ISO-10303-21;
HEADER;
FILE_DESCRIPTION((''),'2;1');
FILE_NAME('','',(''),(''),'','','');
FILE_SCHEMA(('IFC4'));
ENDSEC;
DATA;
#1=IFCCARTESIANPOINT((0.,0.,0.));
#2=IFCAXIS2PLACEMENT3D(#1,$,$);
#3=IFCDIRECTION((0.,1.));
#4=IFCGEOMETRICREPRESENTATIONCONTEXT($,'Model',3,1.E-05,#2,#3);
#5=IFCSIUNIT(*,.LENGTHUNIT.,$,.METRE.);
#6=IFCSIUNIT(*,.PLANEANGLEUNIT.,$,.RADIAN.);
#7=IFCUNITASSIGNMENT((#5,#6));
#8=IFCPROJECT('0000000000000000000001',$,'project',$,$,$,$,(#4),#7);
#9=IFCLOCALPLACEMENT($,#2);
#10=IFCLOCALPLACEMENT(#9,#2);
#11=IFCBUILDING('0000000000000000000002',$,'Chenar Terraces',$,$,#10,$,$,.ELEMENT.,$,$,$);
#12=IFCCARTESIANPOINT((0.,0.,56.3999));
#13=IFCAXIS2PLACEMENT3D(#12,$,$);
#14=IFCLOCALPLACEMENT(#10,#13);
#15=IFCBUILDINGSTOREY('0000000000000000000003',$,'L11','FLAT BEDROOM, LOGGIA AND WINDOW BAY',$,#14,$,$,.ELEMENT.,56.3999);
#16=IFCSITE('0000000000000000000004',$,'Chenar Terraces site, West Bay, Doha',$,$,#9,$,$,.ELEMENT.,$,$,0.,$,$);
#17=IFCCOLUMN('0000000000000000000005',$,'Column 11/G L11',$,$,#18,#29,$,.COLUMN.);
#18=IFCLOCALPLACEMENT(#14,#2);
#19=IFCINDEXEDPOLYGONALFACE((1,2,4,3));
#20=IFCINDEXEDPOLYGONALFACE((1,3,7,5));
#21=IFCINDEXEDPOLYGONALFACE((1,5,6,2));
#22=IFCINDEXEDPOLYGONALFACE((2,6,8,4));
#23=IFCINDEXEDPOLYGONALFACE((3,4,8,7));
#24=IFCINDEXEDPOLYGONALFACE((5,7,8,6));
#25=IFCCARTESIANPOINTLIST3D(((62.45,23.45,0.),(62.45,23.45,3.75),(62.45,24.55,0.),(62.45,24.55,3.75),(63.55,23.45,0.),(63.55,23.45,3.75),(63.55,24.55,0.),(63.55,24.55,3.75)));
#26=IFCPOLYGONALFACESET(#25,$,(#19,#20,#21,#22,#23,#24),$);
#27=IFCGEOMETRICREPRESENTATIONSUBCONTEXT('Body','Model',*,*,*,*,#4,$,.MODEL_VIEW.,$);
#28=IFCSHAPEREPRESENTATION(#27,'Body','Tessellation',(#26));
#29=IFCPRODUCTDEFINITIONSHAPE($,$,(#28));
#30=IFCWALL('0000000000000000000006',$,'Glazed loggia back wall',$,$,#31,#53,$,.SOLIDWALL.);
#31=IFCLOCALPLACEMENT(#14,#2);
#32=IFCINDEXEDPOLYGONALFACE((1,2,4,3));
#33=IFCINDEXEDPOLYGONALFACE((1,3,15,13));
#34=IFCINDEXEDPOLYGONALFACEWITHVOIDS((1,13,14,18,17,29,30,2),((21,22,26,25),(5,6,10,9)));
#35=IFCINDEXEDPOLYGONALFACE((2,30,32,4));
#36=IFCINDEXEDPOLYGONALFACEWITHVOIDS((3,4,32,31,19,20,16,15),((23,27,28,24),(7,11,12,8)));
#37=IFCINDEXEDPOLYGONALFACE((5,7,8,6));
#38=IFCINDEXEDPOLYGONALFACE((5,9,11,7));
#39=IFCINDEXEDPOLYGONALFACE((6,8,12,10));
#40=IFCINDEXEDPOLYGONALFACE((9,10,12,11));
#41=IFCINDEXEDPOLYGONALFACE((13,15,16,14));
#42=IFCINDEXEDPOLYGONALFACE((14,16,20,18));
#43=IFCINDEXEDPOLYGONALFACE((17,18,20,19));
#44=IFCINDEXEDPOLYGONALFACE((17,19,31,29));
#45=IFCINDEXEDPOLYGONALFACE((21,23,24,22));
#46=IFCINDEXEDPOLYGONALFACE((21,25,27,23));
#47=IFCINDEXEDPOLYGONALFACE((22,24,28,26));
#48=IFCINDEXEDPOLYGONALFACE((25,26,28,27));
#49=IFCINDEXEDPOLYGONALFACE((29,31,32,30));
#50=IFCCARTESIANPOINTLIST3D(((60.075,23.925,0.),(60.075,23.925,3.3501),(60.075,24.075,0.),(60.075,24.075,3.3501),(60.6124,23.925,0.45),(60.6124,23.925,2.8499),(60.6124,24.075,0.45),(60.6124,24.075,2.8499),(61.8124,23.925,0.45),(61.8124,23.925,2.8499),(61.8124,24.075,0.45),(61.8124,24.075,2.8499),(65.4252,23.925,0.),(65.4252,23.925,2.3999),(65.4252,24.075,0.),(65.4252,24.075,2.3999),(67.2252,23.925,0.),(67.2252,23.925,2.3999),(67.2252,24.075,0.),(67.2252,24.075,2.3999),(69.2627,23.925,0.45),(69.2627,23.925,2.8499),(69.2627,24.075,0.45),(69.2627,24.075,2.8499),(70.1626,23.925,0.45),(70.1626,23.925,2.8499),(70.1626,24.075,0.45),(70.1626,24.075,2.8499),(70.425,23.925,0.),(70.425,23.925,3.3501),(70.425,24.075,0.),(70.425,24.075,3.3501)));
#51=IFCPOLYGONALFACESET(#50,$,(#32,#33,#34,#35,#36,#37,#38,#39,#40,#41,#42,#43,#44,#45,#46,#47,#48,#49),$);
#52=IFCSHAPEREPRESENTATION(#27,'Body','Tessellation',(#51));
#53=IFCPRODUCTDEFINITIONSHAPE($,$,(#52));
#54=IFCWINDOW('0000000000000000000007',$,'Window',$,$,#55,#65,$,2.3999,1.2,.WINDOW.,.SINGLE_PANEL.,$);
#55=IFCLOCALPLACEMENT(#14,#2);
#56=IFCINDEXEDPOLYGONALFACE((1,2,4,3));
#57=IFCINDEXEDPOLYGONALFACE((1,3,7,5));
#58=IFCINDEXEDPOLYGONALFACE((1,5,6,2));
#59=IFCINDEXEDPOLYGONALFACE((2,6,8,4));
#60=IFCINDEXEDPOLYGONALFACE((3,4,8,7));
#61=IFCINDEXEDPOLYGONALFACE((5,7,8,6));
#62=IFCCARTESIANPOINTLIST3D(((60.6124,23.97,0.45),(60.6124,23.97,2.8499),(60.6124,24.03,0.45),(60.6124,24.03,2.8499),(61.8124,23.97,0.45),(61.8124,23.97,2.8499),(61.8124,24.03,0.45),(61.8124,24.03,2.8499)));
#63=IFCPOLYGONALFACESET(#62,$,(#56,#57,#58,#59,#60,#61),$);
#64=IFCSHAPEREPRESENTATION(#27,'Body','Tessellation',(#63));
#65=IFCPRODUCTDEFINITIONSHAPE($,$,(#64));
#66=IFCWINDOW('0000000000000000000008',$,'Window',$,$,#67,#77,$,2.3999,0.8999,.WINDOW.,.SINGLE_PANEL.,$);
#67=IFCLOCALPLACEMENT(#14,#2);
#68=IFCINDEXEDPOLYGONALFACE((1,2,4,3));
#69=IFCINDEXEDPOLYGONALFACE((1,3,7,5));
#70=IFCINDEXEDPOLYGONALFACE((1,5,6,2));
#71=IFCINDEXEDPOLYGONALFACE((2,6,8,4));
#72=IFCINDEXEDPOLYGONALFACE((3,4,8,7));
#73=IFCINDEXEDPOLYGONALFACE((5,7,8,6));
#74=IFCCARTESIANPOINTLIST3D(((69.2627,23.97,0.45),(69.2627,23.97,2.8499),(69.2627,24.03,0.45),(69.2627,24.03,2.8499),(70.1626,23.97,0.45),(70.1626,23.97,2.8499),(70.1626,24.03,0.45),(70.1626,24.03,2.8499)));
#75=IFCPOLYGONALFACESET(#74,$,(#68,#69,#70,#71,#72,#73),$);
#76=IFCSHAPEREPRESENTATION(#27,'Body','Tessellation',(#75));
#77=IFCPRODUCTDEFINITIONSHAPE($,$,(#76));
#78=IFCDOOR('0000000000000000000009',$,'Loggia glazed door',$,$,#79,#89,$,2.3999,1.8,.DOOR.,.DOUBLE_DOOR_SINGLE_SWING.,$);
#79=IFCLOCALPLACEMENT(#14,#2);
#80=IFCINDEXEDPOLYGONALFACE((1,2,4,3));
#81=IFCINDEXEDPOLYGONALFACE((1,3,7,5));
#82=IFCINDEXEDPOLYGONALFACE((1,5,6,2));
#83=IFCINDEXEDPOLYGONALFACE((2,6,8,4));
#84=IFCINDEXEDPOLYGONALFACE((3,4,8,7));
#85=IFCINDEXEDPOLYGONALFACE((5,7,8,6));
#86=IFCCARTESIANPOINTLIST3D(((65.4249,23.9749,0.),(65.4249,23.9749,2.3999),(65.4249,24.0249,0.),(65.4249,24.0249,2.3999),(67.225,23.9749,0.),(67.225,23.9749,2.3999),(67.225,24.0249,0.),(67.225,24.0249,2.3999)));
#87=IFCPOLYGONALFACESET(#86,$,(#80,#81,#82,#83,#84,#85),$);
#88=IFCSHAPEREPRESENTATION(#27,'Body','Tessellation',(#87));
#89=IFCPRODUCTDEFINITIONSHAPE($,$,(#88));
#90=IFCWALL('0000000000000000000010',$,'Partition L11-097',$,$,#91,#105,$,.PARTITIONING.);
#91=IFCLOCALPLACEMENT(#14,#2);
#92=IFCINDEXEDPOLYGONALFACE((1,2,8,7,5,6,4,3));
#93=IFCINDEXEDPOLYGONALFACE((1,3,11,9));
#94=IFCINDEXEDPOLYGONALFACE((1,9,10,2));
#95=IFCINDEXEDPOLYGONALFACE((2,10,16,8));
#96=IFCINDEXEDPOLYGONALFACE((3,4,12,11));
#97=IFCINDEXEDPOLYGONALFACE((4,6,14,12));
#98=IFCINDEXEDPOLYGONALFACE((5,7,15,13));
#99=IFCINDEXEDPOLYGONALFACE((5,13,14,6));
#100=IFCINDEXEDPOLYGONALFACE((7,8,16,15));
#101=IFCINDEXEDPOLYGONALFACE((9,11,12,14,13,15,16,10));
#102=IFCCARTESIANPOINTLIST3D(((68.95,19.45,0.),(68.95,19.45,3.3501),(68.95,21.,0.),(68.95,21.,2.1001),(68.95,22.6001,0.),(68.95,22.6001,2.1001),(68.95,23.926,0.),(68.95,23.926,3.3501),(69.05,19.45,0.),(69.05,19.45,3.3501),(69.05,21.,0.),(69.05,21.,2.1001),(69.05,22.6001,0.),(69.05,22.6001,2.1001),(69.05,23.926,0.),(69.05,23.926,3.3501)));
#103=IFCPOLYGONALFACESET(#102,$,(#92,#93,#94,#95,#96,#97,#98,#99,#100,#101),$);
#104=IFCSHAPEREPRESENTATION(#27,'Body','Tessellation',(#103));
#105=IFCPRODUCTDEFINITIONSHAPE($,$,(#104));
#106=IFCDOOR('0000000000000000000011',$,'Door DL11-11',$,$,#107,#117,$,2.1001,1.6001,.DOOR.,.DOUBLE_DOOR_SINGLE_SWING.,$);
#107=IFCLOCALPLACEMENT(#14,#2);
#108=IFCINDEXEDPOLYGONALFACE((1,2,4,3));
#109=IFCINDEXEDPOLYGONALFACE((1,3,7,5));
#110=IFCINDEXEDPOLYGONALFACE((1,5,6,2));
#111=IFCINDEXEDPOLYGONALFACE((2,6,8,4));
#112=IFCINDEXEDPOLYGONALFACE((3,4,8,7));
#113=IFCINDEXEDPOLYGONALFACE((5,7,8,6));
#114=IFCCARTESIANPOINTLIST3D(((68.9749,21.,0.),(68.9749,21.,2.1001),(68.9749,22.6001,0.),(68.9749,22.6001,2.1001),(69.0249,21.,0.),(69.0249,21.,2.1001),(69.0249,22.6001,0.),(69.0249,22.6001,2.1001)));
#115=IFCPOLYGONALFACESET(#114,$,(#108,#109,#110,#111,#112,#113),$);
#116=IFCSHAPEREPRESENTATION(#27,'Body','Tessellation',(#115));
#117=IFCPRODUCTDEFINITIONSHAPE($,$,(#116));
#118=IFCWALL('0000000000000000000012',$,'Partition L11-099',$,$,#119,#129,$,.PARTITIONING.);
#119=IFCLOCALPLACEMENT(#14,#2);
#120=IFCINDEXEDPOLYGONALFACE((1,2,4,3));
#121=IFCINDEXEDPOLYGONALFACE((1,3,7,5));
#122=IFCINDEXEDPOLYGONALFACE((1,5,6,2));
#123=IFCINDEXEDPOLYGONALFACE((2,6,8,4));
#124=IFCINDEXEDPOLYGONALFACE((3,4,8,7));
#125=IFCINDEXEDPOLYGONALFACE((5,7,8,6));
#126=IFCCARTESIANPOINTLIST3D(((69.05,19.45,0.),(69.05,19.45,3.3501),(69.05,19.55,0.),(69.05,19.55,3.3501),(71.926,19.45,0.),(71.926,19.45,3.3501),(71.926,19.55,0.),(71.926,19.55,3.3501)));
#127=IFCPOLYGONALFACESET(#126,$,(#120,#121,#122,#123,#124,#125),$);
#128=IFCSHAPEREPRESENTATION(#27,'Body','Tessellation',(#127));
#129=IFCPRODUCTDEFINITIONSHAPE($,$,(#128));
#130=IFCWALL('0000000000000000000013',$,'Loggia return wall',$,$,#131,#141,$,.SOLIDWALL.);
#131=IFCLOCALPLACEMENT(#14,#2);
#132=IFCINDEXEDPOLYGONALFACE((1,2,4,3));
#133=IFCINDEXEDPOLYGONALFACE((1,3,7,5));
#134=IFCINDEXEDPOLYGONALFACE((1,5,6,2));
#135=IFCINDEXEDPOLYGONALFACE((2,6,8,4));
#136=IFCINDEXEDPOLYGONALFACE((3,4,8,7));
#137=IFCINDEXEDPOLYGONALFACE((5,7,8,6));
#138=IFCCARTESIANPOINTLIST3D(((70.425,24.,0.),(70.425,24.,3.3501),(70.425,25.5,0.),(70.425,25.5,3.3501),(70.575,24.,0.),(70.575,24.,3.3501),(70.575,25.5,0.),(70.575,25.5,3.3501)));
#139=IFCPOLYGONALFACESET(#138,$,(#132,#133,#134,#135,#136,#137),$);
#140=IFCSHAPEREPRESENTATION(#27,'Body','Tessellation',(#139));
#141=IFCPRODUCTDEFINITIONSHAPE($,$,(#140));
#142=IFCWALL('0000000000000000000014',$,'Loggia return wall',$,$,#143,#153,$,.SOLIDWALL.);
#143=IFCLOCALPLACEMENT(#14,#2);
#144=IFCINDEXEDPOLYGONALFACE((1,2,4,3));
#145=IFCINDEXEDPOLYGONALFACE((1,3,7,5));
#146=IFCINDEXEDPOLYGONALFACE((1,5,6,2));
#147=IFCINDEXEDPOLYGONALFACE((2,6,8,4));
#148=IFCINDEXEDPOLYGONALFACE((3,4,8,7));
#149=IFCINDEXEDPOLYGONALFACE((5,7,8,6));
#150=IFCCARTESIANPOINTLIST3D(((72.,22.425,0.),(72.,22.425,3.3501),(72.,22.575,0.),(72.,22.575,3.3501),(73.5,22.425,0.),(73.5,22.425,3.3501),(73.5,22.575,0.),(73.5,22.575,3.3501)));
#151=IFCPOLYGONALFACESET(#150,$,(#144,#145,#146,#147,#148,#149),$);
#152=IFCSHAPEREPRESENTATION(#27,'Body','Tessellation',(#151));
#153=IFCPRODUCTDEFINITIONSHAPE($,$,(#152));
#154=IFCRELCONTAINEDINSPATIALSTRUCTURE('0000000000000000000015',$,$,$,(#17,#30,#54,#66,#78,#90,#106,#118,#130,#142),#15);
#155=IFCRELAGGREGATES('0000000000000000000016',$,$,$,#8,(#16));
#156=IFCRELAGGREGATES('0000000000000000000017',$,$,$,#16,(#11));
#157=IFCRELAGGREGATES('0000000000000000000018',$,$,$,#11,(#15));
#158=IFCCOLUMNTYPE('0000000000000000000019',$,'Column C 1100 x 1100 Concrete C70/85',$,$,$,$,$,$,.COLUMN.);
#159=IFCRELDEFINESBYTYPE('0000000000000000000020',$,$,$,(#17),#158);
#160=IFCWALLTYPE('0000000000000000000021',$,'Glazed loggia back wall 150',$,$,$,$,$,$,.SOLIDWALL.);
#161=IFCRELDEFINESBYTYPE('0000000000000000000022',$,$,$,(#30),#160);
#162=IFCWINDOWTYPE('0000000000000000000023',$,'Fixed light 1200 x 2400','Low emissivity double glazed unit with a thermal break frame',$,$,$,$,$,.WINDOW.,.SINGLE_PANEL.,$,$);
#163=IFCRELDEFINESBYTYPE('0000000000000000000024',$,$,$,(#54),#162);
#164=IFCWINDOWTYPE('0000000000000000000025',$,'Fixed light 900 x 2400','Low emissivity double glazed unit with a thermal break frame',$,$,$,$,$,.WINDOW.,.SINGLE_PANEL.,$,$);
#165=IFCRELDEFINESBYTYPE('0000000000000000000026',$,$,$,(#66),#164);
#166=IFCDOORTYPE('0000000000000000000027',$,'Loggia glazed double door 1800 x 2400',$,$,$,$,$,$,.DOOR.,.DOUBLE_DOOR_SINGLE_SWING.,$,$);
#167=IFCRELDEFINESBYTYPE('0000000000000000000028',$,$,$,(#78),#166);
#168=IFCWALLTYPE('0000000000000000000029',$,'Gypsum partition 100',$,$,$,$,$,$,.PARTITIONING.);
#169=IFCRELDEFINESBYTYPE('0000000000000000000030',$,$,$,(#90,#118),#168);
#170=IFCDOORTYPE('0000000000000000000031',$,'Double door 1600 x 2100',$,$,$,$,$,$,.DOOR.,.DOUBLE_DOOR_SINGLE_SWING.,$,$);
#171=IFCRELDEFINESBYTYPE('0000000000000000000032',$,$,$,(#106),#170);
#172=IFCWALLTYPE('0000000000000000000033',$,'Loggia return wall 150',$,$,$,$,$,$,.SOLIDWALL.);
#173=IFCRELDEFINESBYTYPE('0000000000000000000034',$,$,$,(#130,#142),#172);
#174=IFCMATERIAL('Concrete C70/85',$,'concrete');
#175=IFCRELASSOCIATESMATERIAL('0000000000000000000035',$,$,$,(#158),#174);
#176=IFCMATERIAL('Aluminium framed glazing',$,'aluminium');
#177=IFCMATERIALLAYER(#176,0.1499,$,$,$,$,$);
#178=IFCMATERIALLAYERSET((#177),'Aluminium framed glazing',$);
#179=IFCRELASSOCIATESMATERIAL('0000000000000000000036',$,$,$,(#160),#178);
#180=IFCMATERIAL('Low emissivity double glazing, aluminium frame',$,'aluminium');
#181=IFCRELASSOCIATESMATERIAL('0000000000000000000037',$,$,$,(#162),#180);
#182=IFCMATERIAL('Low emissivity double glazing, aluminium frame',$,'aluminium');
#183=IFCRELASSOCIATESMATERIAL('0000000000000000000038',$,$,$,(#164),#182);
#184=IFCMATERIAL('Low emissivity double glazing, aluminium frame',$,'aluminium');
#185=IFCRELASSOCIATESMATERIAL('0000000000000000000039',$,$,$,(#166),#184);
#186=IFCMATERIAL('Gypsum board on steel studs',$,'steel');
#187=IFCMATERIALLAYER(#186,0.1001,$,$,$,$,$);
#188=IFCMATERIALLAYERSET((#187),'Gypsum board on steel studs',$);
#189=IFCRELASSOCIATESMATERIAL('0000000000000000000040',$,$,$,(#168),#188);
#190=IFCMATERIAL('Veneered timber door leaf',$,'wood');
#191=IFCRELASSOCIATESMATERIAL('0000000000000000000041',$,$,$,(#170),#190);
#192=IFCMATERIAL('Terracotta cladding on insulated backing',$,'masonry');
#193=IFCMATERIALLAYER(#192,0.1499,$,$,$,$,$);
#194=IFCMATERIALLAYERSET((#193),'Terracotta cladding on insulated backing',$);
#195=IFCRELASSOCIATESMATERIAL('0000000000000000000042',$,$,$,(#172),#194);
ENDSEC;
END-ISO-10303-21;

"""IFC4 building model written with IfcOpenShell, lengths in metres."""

from ifc_helpers import new_model, si_unit, direction, frame, frame_2d, origin, origin_2d, place, context, subcontext, project, spatial, rectangle, extrude, material, layer, layer_set, material_profile, profile_set, type_object, element, fill, save


model = new_model("IFC4")

# Units and contexts
model_context = context("Model", 3, precision=1e-05, world=origin(), true_north=direction((0.0, 1.0)))
body_context = subcontext(model_context, "Body", "Model", "MODEL_VIEW")
ifc_project = project(units=[si_unit("LENGTHUNIT", "METRE"), si_unit("PLANEANGLEUNIT", "RADIAN")], contexts=[model_context])

# Site, building, storey
site_placement = place(None, origin())
site = spatial("IfcSite", under=ifc_project, at=site_placement, Name="Chenar Terraces site, West Bay, Doha", CompositionType="ELEMENT", RefElevation=0.0)
building_placement = place(site_placement, origin())
building = spatial("IfcBuilding", under=site, at=building_placement, Name="Chenar Terraces", CompositionType="ELEMENT")
storey_placement = place(building_placement, frame((0.0, 0.0, 56.3999)))
storey = spatial("IfcBuildingStorey", under=building, at=storey_placement, Name="L11", Description="FLAT BEDROOM, LOGGIA AND WINDOW BAY", CompositionType="ELEMENT", Elevation=56.3999)

# Column
ifc_material_1 = material(Name="Concrete C70/85", Category="concrete")
ifc_material_profile_1 = material_profile(ifc_material_1, rectangle(XDim=1.1001, YDim=1.1001, at=origin_2d()), Name="C 1100 x 1100")
ifc_profile_set_1 = profile_set([ifc_material_profile_1], Name="Concrete C70/85")
column_type = type_object("IfcColumnType", Name="Column C 1100 x 1100 Concrete C70/85", PredefinedType="COLUMN", material=ifc_profile_set_1)
column_placement = place(storey_placement, frame((63.0, 24.0, 0.0), z_axis=(0.0, 0.0, 1.0), x_axis=(1.0, 0.0, 0.0)))
element("IfcColumn", 1, at=column_placement, inside=storey, type_object=column_type, Name="Column 11/G L11", PredefinedType="COLUMN", context=body_context, shape_type="SweptSolid", body=[
    extrude(rectangle(XDim=1.1001, YDim=1.1001, at=origin_2d()), origin(), (0.0, 0.0, 1.0), 3.75),
])

# Wall, openings, windows, door
ifc_material_2 = material(Name="Aluminium framed glazing", Category="aluminium")
ifc_layer_1 = layer(ifc_material_2, 0.1499)
ifc_layer_set_1 = layer_set([ifc_layer_1], Name="Aluminium framed glazing")
wall_type_1 = type_object("IfcWallType", Name="Glazed loggia back wall 150", PredefinedType="SOLIDWALL", material=ifc_layer_set_1)
wall_1_placement = place(storey_placement, frame((70.425, 24.0, 0.0), z_axis=(0.0, 0.0, 1.0), x_axis=(-1.0, 0.0, 0.0)))
wall_1 = element("IfcWall", 2, at=wall_1_placement, inside=storey, type_object=wall_type_1, Name="Glazed loggia back wall", PredefinedType="SOLIDWALL", context=body_context, shape_type="SweptSolid", body=[
    extrude(rectangle(XDim=10.3501, YDim=0.1499, at=frame_2d((5.175, 0.0))), origin(), (0.0, 0.0, 1.0), 3.3501),
])
opening_1_placement = place(wall_1_placement, frame((0.2625, 0.0, 0.45)))
opening_1 = element("IfcOpeningElement", 3, at=opening_1_placement, cuts=wall_1, PredefinedType="OPENING", context=body_context, shape_type="SweptSolid", body=[
    extrude(rectangle(XDim=0.8999, YDim=2.3999, at=frame_2d((0.45, 1.2))), frame((0.0, 0.085, 0.0), z_axis=(0.0, -1.0, 0.0), x_axis=(1.0, 0.0, 0.0)), (0.0, 0.0, 1.0), 0.1699),
])
opening_2_placement = place(wall_1_placement, frame((3.2, 0.0, 0.0)))
opening_2 = element("IfcOpeningElement", 4, at=opening_2_placement, cuts=wall_1, PredefinedType="OPENING", context=body_context, shape_type="SweptSolid", body=[
    extrude(rectangle(XDim=1.8, YDim=2.3999, at=frame_2d((0.8999, 1.2))), frame((0.0, 0.085, 0.0), z_axis=(0.0, -1.0, 0.0), x_axis=(1.0, 0.0, 0.0)), (0.0, 0.0, 1.0), 0.1699),
])
opening_3_placement = place(wall_1_placement, frame((8.6125, 0.0, 0.45)))
opening_3 = element("IfcOpeningElement", 5, at=opening_3_placement, cuts=wall_1, PredefinedType="OPENING", context=body_context, shape_type="SweptSolid", body=[
    extrude(rectangle(XDim=1.2, YDim=2.3999, at=frame_2d((0.6001, 1.2))), frame((0.0, 0.085, 0.0), z_axis=(0.0, -1.0, 0.0), x_axis=(1.0, 0.0, 0.0)), (0.0, 0.0, 1.0), 0.1699),
])
ifc_material_3 = material(Name="Low emissivity double glazing, aluminium frame", Category="aluminium")
window_type_1 = type_object("IfcWindowType", Name="Fixed light 1200 x 2400", Description="Low emissivity double glazed unit with a thermal break frame", PartitioningType="SINGLE_PANEL", PredefinedType="WINDOW", material=ifc_material_3)
window_1_placement = place(opening_3_placement, origin())
window_1 = element("IfcWindow", 6, at=window_1_placement, inside=storey, type_object=window_type_1, Name="Window", OverallHeight=2.3999, OverallWidth=1.2, PartitioningType="SINGLE_PANEL", PredefinedType="WINDOW", context=body_context, shape_type="SweptSolid", body=[
    extrude(rectangle(XDim=1.2, YDim=2.3999, at=frame_2d((0.6001, 1.2))), frame((0.0, 0.03, 0.0), z_axis=(0.0, -1.0, 0.0), x_axis=(1.0, 0.0, 0.0)), (0.0, 0.0, 1.0), 0.0601),
])
fill(opening_3, window_1)
ifc_material_4 = material(Name="Low emissivity double glazing, aluminium frame", Category="aluminium")
window_type_2 = type_object("IfcWindowType", Name="Fixed light 900 x 2400", Description="Low emissivity double glazed unit with a thermal break frame", PartitioningType="SINGLE_PANEL", PredefinedType="WINDOW", material=ifc_material_4)
window_2_placement = place(opening_1_placement, origin())
window_2 = element("IfcWindow", 7, at=window_2_placement, inside=storey, type_object=window_type_2, Name="Window", OverallHeight=2.3999, OverallWidth=0.8999, PartitioningType="SINGLE_PANEL", PredefinedType="WINDOW", context=body_context, shape_type="SweptSolid", body=[
    extrude(rectangle(XDim=0.8999, YDim=2.3999, at=frame_2d((0.45, 1.2))), frame((0.0, 0.03, 0.0), z_axis=(0.0, -1.0, 0.0), x_axis=(1.0, 0.0, 0.0)), (0.0, 0.0, 1.0), 0.0601),
])
fill(opening_1, window_2)
ifc_material_5 = material(Name="Low emissivity double glazing, aluminium frame", Category="aluminium")
door_type_1 = type_object("IfcDoorType", Name="Loggia glazed double door 1800 x 2400", OperationType="DOUBLE_DOOR_SINGLE_SWING", PredefinedType="DOOR", material=ifc_material_5)
door_1_placement = place(opening_2_placement, frame((1.8, 0.0, 0.0), z_axis=(0.0, 0.0, 1.0), x_axis=(-1.0, 0.0, 0.0)))
door_1 = element("IfcDoor", 8, at=door_1_placement, inside=storey, type_object=door_type_1, Name="Loggia glazed door", OperationType="DOUBLE_DOOR_SINGLE_SWING", OverallHeight=2.3999, OverallWidth=1.8, PredefinedType="DOOR", context=body_context, shape_type="SweptSolid", body=[
    extrude(rectangle(XDim=1.8, YDim=2.3999, at=frame_2d((0.8999, 1.2))), frame((0.0, 0.0249, 0.0), z_axis=(0.0, -1.0, 0.0), x_axis=(1.0, 0.0, 0.0)), (0.0, 0.0, 1.0), 0.05),
])
fill(opening_2, door_1)

# Wall, opening, door
ifc_material_6 = material(Name="Gypsum board on steel studs", Category="steel")
ifc_layer_2 = layer(ifc_material_6, 0.1001)
ifc_layer_set_2 = layer_set([ifc_layer_2], Name="Gypsum board on steel studs")
wall_type_2 = type_object("IfcWallType", Name="Gypsum partition 100", PredefinedType="PARTITIONING", material=ifc_layer_set_2)
wall_2_placement = place(storey_placement, frame((69.0, 19.45, 0.0), z_axis=(0.0, 0.0, 1.0), x_axis=(0.0, 1.0, 0.0)))
wall_2 = element("IfcWall", 9, at=wall_2_placement, inside=storey, type_object=wall_type_2, Name="Partition L11-097", PredefinedType="PARTITIONING", context=body_context, shape_type="SweptSolid", body=[
    extrude(rectangle(XDim=4.4761, YDim=0.1001, at=frame_2d((2.238, 0.0))), origin(), (0.0, 0.0, 1.0), 3.3501),
])
opening_4_placement = place(wall_2_placement, frame((1.55, 0.0, 0.0)))
opening_4 = element("IfcOpeningElement", 10, at=opening_4_placement, cuts=wall_2, PredefinedType="OPENING", context=body_context, shape_type="SweptSolid", body=[
    extrude(rectangle(XDim=1.6001, YDim=2.1001, at=frame_2d((0.8, 1.05))), frame((0.0, 0.0601, 0.0), z_axis=(0.0, -1.0, 0.0), x_axis=(1.0, 0.0, 0.0)), (0.0, 0.0, 1.0), 0.1201),
])
ifc_material_7 = material(Name="Veneered timber door leaf", Category="wood")
door_type_2 = type_object("IfcDoorType", Name="Double door 1600 x 2100", OperationType="DOUBLE_DOOR_SINGLE_SWING", PredefinedType="DOOR", material=ifc_material_7)
door_2_placement = place(opening_4_placement, frame((1.6001, 0.0, 0.0), z_axis=(0.0, 0.0, 1.0), x_axis=(-1.0, 0.0, 0.0)))
door_2 = element("IfcDoor", 11, at=door_2_placement, inside=storey, type_object=door_type_2, Name="Door DL11-11", OperationType="DOUBLE_DOOR_SINGLE_SWING", OverallHeight=2.1001, OverallWidth=1.6001, PredefinedType="DOOR", context=body_context, shape_type="SweptSolid", body=[
    extrude(rectangle(XDim=1.6001, YDim=2.1001, at=frame_2d((0.8, 1.05))), frame((0.0, 0.0249, 0.0), z_axis=(0.0, -1.0, 0.0), x_axis=(1.0, 0.0, 0.0)), (0.0, 0.0, 1.0), 0.05),
])
fill(opening_4, door_2)

# Walls
wall_3_placement = place(storey_placement, frame((69.05, 19.5, 0.0), z_axis=(0.0, 0.0, 1.0), x_axis=(1.0, 0.0, 0.0)))
element("IfcWall", 12, at=wall_3_placement, inside=storey, type_object=wall_type_2, Name="Partition L11-099", PredefinedType="PARTITIONING", context=body_context, shape_type="SweptSolid", body=[
    extrude(rectangle(XDim=2.876, YDim=0.1001, at=frame_2d((1.438, 0.0))), origin(), (0.0, 0.0, 1.0), 3.3501),
])
ifc_material_8 = material(Name="Terracotta cladding on insulated backing", Category="masonry")
ifc_layer_3 = layer(ifc_material_8, 0.1499)
ifc_layer_set_3 = layer_set([ifc_layer_3], Name="Terracotta cladding on insulated backing")
wall_type_3 = type_object("IfcWallType", Name="Loggia return wall 150", PredefinedType="SOLIDWALL", material=ifc_layer_set_3)
for number, where, z_axis, x_axis, name in (
    (13, (70.5, 25.5, 0.0), (0.0, 0.0, 1.0), (0.0, -1.0, 0.0), "Loggia return wall"),
    (14, (73.5, 22.5, 0.0), (0.0, 0.0, 1.0), (-1.0, 0.0, 0.0), "Loggia return wall"),
):
    element("IfcWall", number, at=place(storey_placement, frame(where, z_axis=z_axis, x_axis=x_axis)), inside=storey, type_object=wall_type_3, Name=name, PredefinedType="SOLIDWALL", context=body_context, shape_type="SweptSolid", body=[
        extrude(rectangle(XDim=1.5, YDim=0.1499, at=frame_2d((0.75, 0.0))), origin(), (0.0, 0.0, 1.0), 3.3501),
    ])

save(model, "model.ifc")
